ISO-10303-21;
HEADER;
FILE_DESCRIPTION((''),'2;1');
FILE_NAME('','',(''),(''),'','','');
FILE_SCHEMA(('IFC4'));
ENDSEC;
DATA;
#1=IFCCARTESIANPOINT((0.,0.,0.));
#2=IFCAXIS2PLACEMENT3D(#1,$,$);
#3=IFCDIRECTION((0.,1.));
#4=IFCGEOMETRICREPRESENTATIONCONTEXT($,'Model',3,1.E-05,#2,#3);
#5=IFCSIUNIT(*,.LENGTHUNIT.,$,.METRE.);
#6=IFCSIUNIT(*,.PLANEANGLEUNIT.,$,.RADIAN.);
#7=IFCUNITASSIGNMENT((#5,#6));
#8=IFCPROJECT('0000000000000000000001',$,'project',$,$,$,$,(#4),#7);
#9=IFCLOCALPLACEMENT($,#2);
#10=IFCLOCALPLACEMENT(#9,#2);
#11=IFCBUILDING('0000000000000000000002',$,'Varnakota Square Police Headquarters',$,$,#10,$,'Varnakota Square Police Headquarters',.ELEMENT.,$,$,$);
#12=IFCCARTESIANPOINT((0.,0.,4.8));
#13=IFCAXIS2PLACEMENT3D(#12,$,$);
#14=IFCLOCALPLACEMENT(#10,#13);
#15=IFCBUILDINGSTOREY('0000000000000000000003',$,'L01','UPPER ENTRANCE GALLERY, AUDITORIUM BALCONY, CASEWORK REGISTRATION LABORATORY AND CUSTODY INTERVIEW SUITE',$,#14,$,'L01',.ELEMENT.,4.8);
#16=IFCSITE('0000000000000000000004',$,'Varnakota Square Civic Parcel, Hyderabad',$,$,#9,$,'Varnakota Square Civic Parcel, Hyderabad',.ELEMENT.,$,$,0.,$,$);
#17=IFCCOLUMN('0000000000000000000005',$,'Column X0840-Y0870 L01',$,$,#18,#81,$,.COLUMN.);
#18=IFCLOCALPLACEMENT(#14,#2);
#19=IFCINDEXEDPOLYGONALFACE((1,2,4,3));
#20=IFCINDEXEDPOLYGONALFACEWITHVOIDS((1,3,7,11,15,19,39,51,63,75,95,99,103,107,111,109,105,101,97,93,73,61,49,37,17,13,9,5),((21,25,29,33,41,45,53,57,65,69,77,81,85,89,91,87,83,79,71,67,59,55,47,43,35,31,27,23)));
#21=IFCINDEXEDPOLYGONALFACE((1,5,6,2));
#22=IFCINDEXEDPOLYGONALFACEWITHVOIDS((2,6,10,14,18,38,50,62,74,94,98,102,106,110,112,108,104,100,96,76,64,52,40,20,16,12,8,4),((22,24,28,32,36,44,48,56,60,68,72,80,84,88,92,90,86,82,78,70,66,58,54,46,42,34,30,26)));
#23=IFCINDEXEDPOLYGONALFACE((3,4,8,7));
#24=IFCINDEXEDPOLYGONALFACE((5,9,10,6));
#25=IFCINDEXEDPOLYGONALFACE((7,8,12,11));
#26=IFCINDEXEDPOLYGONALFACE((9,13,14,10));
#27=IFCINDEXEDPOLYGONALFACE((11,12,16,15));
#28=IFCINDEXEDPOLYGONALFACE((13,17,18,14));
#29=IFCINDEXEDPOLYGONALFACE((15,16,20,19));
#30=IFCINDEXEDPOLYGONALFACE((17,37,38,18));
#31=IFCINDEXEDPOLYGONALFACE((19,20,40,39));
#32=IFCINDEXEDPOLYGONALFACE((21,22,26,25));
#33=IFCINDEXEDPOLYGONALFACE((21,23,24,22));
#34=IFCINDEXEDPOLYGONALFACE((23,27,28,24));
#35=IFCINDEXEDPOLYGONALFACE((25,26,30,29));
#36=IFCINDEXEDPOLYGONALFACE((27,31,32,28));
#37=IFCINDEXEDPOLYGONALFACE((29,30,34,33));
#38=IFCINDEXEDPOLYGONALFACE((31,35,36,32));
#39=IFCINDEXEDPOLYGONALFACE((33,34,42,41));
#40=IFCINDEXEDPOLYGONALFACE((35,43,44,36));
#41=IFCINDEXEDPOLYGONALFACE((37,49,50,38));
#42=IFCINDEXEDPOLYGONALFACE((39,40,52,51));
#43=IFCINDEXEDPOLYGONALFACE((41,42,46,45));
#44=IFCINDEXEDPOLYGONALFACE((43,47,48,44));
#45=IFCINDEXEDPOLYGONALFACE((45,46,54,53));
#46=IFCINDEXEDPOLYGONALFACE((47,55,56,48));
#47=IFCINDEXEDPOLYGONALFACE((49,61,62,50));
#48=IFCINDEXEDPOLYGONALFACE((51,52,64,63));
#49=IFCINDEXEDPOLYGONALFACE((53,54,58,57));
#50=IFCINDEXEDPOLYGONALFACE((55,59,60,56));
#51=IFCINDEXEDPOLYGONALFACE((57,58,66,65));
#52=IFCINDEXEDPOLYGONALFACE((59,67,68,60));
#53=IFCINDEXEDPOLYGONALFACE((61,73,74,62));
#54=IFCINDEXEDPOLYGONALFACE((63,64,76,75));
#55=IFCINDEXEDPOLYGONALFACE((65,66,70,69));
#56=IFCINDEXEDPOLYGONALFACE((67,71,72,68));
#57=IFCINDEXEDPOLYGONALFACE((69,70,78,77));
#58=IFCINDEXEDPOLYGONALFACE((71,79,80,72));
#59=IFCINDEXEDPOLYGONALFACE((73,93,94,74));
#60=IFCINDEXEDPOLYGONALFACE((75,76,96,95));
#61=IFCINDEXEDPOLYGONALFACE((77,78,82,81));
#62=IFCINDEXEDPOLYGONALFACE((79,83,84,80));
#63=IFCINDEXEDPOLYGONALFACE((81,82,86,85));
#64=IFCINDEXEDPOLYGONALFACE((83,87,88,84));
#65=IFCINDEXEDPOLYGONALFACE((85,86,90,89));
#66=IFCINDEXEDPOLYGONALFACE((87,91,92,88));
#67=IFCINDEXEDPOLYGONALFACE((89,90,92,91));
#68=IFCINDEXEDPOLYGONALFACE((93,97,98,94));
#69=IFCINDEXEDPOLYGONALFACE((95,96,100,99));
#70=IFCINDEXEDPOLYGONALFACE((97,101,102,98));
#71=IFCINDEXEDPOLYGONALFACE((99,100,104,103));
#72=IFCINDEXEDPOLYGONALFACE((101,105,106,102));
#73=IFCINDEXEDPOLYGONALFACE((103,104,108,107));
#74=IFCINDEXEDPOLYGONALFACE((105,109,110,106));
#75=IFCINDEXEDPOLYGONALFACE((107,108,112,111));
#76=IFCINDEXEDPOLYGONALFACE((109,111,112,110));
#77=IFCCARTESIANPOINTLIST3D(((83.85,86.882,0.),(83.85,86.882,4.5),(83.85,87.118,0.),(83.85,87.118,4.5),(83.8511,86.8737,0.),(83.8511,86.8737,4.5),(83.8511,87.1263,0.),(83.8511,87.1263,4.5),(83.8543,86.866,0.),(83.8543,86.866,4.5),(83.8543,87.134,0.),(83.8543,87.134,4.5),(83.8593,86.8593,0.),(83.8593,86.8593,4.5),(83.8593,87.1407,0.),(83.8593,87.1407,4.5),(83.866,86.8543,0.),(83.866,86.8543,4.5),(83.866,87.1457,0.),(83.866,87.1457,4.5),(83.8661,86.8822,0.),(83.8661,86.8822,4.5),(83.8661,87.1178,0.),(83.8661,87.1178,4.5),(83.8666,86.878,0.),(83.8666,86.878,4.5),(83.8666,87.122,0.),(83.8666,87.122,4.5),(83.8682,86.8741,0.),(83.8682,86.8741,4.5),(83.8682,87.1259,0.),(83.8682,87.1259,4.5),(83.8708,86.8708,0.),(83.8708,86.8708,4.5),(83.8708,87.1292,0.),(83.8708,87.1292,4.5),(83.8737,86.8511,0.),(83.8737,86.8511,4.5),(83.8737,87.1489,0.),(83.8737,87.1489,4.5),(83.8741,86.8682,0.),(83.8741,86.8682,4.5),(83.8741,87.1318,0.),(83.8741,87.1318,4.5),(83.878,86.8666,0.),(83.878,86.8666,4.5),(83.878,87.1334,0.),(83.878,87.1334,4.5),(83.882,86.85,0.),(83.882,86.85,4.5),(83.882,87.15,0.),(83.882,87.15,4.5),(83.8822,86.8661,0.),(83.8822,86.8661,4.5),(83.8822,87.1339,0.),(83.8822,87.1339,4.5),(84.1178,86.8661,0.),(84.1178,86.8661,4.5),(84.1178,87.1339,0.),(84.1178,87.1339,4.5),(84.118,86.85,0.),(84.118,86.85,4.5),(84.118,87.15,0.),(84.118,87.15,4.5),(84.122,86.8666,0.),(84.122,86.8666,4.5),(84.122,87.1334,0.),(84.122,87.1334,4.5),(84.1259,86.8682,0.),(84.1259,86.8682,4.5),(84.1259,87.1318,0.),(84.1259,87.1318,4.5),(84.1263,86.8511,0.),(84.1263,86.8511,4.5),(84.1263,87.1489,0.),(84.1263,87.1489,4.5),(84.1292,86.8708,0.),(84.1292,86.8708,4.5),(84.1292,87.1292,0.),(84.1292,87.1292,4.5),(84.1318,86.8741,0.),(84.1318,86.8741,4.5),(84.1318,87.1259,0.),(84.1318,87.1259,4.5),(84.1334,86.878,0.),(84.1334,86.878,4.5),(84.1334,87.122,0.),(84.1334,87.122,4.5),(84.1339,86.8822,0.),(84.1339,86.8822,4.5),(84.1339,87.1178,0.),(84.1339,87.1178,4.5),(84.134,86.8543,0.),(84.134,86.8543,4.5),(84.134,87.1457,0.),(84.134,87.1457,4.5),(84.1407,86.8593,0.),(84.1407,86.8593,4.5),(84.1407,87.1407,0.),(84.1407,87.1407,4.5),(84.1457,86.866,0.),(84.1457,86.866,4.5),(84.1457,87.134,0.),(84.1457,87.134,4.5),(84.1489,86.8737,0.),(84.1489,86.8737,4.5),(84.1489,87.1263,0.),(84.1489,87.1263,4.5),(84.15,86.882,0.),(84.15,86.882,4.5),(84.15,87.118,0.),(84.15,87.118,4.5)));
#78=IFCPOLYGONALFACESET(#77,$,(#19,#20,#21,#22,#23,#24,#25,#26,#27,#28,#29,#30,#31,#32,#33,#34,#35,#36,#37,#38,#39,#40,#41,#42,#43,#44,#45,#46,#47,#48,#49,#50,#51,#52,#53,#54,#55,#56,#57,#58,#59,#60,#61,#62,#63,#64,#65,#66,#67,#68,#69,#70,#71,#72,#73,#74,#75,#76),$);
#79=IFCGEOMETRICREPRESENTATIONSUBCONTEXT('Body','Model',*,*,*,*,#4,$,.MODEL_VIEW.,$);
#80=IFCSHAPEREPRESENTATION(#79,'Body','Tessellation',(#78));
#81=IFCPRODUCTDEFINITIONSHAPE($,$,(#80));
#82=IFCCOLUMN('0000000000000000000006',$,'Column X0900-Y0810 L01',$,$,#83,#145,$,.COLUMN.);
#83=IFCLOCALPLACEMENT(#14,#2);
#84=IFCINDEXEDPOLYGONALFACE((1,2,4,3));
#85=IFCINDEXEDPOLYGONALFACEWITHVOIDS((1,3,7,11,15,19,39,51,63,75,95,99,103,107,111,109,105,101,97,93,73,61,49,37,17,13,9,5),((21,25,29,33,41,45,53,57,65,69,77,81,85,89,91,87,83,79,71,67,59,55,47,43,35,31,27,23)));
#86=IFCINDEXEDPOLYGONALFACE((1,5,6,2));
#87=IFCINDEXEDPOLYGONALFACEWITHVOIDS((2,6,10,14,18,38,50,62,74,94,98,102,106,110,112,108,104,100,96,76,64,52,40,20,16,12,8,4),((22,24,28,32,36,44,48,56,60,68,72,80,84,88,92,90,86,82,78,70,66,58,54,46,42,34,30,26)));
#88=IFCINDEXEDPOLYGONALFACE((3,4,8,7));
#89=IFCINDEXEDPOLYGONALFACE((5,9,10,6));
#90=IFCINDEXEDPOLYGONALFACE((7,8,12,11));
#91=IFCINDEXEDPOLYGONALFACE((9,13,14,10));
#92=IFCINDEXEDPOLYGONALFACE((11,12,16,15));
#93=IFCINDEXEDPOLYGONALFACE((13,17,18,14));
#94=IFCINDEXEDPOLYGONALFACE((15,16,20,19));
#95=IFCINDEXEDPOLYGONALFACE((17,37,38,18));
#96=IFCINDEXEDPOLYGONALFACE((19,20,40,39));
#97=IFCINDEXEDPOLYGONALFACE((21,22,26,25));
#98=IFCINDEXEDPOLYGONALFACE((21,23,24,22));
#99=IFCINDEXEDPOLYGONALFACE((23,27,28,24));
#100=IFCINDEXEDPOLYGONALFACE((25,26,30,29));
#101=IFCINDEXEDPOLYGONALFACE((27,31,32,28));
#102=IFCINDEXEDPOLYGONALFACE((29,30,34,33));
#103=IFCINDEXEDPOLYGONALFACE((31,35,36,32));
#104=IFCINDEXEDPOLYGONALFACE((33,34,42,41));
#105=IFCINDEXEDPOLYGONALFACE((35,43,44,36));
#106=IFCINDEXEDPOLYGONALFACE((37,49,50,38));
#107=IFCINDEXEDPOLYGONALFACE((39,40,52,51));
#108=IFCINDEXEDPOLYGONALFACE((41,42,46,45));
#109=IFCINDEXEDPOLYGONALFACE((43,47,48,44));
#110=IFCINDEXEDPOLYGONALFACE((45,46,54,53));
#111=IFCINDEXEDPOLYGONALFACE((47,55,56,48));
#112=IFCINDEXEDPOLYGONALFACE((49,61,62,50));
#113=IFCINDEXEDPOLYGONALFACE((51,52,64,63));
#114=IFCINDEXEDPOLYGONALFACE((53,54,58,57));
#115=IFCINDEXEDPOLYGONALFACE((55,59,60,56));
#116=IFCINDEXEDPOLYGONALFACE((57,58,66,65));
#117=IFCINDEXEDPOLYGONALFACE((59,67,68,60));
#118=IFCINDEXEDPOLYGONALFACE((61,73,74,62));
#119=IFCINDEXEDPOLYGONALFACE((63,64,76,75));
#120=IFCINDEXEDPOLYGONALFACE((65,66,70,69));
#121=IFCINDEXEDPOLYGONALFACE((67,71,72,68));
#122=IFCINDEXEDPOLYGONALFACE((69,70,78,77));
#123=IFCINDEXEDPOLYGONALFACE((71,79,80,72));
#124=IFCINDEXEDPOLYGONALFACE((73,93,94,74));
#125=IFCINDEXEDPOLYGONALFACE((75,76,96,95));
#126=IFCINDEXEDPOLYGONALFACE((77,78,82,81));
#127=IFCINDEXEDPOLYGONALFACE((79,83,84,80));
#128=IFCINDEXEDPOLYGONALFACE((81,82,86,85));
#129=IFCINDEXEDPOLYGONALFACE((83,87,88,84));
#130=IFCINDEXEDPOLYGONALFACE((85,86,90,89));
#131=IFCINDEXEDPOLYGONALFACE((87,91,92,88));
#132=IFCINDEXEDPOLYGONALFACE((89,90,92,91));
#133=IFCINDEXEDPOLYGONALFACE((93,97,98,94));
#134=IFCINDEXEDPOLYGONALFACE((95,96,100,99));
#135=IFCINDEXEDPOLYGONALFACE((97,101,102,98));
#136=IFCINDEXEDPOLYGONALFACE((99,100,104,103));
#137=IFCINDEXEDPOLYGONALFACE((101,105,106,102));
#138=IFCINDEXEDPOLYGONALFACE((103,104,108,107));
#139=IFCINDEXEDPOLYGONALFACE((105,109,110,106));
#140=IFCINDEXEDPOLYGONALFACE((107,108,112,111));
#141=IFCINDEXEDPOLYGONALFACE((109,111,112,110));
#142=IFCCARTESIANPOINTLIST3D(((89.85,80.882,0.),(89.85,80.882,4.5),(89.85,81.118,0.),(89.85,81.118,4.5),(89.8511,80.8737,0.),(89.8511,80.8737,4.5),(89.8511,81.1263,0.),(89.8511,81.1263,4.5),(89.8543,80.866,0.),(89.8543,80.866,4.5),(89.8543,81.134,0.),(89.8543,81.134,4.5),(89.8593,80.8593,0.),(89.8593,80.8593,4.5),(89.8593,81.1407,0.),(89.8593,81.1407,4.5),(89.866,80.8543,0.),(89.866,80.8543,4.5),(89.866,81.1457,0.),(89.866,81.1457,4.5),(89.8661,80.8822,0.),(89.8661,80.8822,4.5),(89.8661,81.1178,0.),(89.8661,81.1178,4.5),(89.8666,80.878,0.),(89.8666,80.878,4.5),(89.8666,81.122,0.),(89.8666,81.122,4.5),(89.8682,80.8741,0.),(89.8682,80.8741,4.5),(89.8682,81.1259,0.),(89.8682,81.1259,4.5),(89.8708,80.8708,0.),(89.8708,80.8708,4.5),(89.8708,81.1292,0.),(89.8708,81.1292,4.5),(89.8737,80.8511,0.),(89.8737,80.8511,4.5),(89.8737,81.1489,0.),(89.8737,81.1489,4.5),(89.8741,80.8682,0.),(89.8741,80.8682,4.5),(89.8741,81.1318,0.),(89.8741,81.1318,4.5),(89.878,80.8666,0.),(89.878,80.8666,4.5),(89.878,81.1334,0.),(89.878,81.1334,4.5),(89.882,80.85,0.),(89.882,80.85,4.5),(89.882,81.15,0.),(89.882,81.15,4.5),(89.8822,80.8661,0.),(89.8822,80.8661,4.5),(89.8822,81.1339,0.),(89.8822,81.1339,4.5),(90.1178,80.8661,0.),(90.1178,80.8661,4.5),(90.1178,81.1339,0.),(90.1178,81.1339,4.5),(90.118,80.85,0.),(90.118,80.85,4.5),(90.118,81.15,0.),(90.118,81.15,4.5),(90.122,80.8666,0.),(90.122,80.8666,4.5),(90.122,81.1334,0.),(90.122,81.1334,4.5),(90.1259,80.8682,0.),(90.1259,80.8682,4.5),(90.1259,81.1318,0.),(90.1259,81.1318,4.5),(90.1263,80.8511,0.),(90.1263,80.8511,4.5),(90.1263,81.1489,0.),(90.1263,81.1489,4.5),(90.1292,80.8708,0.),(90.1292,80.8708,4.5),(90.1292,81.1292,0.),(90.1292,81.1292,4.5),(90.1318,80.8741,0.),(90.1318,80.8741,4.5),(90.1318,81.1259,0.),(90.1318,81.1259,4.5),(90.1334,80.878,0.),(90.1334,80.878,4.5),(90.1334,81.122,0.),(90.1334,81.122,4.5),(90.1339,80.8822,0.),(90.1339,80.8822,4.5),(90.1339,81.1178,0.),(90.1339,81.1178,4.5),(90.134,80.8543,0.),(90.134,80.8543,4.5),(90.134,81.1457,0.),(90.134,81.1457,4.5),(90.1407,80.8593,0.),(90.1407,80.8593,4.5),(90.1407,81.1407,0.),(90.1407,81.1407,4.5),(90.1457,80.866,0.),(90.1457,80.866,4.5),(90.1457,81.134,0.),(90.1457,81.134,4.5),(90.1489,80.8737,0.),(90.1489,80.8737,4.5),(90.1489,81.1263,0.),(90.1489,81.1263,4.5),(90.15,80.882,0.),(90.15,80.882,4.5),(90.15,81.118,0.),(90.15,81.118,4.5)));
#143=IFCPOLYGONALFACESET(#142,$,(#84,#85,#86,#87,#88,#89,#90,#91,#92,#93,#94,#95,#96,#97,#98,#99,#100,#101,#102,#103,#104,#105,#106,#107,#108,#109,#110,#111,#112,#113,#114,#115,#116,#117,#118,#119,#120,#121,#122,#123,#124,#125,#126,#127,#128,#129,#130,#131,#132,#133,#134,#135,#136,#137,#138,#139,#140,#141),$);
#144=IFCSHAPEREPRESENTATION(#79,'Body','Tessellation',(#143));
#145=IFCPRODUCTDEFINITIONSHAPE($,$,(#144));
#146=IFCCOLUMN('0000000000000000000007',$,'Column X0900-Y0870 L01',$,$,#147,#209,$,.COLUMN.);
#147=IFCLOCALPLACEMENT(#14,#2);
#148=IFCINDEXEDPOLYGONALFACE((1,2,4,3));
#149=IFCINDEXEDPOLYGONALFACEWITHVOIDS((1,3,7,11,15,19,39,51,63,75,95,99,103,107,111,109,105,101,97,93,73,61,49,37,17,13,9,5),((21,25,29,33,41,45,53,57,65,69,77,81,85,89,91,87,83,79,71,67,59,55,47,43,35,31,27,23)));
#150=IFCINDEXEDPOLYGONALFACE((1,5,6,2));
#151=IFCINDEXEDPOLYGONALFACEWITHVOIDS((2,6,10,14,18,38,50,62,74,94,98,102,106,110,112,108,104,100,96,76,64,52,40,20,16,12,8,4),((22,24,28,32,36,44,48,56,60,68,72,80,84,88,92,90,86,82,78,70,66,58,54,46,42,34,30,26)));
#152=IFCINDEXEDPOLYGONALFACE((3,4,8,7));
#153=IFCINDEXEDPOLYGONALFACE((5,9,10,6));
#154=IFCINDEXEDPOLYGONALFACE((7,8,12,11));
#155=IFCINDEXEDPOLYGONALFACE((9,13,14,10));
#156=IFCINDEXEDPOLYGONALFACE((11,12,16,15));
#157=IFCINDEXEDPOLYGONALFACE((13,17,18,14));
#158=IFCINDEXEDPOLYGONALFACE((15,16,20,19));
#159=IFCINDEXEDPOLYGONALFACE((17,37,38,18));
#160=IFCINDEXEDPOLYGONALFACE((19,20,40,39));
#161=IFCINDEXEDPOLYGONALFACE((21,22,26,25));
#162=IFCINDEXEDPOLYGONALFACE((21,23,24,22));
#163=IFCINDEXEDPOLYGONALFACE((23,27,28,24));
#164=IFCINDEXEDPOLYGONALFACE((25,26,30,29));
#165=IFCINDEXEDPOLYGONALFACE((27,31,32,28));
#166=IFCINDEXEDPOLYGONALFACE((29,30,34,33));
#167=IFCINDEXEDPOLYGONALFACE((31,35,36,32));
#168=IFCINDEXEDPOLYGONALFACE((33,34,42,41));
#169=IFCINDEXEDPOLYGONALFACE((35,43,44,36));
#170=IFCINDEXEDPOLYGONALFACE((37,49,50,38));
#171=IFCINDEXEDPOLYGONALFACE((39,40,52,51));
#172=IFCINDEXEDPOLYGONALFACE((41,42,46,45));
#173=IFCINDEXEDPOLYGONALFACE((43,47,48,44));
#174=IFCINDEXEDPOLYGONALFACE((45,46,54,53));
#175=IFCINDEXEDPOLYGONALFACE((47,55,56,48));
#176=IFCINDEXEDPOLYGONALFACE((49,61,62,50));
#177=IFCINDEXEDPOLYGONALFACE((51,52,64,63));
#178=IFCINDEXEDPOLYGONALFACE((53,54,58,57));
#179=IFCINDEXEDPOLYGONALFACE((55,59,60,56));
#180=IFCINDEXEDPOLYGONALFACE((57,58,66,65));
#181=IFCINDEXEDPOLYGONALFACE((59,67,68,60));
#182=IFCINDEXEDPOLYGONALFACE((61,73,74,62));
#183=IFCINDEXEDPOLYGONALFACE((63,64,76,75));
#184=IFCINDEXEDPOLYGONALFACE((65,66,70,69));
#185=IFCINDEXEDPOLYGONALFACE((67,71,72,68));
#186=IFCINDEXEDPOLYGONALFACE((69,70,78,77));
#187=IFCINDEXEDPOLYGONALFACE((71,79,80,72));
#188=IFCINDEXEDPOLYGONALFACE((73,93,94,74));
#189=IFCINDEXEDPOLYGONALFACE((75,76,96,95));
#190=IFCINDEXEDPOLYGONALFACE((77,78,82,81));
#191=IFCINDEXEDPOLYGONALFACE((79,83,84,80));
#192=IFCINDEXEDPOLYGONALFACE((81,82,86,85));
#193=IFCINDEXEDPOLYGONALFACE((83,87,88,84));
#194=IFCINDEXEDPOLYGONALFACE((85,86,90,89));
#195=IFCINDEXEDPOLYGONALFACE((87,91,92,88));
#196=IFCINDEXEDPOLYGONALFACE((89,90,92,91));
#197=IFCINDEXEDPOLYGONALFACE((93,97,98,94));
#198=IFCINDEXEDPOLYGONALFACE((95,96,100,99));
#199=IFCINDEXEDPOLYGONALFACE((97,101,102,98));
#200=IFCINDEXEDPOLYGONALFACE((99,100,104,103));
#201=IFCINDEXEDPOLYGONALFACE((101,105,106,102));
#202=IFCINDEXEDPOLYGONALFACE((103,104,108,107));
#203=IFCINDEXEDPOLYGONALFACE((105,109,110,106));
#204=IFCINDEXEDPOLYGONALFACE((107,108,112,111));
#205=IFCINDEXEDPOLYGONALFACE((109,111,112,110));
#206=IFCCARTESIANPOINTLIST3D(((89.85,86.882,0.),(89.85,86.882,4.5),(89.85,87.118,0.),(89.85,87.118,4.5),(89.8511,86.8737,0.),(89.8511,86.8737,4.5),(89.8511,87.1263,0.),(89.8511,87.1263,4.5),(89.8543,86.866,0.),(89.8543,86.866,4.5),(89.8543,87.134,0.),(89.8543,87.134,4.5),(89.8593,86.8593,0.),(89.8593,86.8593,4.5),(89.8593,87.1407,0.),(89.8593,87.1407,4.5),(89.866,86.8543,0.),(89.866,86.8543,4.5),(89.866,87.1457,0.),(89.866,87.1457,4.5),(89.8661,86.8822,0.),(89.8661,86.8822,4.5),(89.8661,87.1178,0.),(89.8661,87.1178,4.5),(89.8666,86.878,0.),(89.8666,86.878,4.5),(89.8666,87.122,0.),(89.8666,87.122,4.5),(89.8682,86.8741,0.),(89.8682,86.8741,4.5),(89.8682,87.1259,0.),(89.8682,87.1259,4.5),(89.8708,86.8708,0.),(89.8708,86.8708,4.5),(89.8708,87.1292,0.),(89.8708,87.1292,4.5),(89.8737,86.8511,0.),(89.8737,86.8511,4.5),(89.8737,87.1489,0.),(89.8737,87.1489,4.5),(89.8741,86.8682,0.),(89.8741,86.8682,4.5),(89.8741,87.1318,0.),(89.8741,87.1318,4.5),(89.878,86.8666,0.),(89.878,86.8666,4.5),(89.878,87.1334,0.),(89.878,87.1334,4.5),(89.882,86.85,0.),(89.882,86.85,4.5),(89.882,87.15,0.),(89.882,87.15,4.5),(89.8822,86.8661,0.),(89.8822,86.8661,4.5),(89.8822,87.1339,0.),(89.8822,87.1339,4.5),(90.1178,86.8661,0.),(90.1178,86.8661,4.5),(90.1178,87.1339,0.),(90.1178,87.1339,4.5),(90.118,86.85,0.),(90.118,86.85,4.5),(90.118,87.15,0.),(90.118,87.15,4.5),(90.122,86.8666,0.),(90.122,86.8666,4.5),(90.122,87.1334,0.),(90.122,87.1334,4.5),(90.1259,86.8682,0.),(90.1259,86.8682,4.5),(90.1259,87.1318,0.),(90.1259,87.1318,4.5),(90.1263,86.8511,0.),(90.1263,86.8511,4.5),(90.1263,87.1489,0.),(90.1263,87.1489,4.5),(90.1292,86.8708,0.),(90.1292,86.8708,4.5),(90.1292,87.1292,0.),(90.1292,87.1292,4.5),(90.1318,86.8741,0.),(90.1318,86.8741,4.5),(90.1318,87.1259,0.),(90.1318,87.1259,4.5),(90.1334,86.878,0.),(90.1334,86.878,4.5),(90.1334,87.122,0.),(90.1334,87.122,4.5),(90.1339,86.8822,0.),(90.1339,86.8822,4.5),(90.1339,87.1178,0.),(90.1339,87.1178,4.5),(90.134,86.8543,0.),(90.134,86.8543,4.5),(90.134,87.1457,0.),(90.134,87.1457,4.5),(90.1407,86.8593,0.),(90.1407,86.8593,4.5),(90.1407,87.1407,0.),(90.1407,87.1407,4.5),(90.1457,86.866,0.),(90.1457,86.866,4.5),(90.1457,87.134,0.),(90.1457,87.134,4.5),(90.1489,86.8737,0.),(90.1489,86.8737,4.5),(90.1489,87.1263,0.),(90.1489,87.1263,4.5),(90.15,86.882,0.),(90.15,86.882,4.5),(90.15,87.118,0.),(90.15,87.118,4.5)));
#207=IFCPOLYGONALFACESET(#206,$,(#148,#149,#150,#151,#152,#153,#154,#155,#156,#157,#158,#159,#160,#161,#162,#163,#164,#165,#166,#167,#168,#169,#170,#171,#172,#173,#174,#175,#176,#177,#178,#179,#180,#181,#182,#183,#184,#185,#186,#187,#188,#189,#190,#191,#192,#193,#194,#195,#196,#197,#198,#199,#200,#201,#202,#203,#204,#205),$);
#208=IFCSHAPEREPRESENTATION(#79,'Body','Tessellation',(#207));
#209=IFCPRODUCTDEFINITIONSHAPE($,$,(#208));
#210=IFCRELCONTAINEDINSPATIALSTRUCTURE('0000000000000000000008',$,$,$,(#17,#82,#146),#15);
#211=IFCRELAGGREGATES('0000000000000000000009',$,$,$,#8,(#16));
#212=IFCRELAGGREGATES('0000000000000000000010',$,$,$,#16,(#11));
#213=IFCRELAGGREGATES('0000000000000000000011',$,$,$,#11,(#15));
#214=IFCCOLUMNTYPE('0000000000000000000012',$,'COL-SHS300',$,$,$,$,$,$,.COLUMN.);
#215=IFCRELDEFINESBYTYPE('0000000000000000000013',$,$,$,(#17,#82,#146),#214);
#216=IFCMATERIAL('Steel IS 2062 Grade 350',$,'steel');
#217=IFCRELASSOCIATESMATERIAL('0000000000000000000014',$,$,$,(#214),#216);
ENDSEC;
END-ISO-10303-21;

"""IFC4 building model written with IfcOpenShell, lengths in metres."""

from ifc_helpers import new_model, si_unit, direction, frame, origin, origin_2d, place, context, subcontext, project, spatial, hollow_rectangle, extrude, material, material_profile, profile_set, type_object, element, save


model = new_model("IFC4")

# Units and contexts
model_context = context("Model", 3, precision=1e-05, world=origin(), true_north=direction((0.0, 1.0)))
body_context = subcontext(model_context, "Body", "Model", "MODEL_VIEW")
ifc_project = project(units=[si_unit("LENGTHUNIT", "METRE"), si_unit("PLANEANGLEUNIT", "RADIAN")], contexts=[model_context])

# Site, building, storey
site_placement = place(None, origin())
site = spatial("IfcSite", under=ifc_project, at=site_placement, Name="Varnakota Square Civic Parcel, Hyderabad", LongName="Varnakota Square Civic Parcel, Hyderabad", CompositionType="ELEMENT", RefElevation=0.0)
building_placement = place(site_placement, origin())
building = spatial("IfcBuilding", under=site, at=building_placement, Name="Varnakota Square Police Headquarters", LongName="Varnakota Square Police Headquarters", CompositionType="ELEMENT")
storey_placement = place(building_placement, frame((0.0, 0.0, 4.8)))
storey = spatial("IfcBuildingStorey", under=building, at=storey_placement, Name="L01", Description="UPPER ENTRANCE GALLERY, AUDITORIUM BALCONY, CASEWORK REGISTRATION LABORATORY AND CUSTODY INTERVIEW SUITE", LongName="L01", CompositionType="ELEMENT", Elevation=4.8)

# Columns
ifc_material_1 = material(Name="Steel IS 2062 Grade 350", Category="steel")
ifc_material_profile_1 = material_profile(ifc_material_1, hollow_rectangle(XDim=0.3, YDim=0.3, WallThickness=0.0161, InnerFilletRadius=0.0161, OuterFilletRadius=0.032, at=origin_2d()), Name="SHS 300x300x16")
ifc_profile_set_1 = profile_set([ifc_material_profile_1], Name="Steel IS 2062 Grade 350")
column_type_1 = type_object("IfcColumnType", Name="COL-SHS300", PredefinedType="COLUMN", material=ifc_profile_set_1)
for number, where, z_axis, x_axis, name in (
    (1, (84.0, 87.0, 0.0), (0.0, 0.0, 1.0), (1.0, 0.0, 0.0), "Column X0840-Y0870 L01"),
    (2, (90.0, 81.0, 0.0), (0.0, 0.0, 1.0), (1.0, 0.0, 0.0), "Column X0900-Y0810 L01"),
    (3, (90.0, 87.0, 0.0), (0.0, 0.0, 1.0), (1.0, 0.0, 0.0), "Column X0900-Y0870 L01"),
):
    element("IfcColumn", number, at=place(storey_placement, frame(where, z_axis=z_axis, x_axis=x_axis)), inside=storey, type_object=column_type_1, Name=name, PredefinedType="COLUMN", context=body_context, shape_type="SweptSolid", body=[
        extrude(hollow_rectangle(XDim=0.3, YDim=0.3, WallThickness=0.0161, InnerFilletRadius=0.0161, OuterFilletRadius=0.032, at=origin_2d()), origin(), (0.0, 0.0, 1.0), 4.5),
    ])

save(model, "model.ifc")
